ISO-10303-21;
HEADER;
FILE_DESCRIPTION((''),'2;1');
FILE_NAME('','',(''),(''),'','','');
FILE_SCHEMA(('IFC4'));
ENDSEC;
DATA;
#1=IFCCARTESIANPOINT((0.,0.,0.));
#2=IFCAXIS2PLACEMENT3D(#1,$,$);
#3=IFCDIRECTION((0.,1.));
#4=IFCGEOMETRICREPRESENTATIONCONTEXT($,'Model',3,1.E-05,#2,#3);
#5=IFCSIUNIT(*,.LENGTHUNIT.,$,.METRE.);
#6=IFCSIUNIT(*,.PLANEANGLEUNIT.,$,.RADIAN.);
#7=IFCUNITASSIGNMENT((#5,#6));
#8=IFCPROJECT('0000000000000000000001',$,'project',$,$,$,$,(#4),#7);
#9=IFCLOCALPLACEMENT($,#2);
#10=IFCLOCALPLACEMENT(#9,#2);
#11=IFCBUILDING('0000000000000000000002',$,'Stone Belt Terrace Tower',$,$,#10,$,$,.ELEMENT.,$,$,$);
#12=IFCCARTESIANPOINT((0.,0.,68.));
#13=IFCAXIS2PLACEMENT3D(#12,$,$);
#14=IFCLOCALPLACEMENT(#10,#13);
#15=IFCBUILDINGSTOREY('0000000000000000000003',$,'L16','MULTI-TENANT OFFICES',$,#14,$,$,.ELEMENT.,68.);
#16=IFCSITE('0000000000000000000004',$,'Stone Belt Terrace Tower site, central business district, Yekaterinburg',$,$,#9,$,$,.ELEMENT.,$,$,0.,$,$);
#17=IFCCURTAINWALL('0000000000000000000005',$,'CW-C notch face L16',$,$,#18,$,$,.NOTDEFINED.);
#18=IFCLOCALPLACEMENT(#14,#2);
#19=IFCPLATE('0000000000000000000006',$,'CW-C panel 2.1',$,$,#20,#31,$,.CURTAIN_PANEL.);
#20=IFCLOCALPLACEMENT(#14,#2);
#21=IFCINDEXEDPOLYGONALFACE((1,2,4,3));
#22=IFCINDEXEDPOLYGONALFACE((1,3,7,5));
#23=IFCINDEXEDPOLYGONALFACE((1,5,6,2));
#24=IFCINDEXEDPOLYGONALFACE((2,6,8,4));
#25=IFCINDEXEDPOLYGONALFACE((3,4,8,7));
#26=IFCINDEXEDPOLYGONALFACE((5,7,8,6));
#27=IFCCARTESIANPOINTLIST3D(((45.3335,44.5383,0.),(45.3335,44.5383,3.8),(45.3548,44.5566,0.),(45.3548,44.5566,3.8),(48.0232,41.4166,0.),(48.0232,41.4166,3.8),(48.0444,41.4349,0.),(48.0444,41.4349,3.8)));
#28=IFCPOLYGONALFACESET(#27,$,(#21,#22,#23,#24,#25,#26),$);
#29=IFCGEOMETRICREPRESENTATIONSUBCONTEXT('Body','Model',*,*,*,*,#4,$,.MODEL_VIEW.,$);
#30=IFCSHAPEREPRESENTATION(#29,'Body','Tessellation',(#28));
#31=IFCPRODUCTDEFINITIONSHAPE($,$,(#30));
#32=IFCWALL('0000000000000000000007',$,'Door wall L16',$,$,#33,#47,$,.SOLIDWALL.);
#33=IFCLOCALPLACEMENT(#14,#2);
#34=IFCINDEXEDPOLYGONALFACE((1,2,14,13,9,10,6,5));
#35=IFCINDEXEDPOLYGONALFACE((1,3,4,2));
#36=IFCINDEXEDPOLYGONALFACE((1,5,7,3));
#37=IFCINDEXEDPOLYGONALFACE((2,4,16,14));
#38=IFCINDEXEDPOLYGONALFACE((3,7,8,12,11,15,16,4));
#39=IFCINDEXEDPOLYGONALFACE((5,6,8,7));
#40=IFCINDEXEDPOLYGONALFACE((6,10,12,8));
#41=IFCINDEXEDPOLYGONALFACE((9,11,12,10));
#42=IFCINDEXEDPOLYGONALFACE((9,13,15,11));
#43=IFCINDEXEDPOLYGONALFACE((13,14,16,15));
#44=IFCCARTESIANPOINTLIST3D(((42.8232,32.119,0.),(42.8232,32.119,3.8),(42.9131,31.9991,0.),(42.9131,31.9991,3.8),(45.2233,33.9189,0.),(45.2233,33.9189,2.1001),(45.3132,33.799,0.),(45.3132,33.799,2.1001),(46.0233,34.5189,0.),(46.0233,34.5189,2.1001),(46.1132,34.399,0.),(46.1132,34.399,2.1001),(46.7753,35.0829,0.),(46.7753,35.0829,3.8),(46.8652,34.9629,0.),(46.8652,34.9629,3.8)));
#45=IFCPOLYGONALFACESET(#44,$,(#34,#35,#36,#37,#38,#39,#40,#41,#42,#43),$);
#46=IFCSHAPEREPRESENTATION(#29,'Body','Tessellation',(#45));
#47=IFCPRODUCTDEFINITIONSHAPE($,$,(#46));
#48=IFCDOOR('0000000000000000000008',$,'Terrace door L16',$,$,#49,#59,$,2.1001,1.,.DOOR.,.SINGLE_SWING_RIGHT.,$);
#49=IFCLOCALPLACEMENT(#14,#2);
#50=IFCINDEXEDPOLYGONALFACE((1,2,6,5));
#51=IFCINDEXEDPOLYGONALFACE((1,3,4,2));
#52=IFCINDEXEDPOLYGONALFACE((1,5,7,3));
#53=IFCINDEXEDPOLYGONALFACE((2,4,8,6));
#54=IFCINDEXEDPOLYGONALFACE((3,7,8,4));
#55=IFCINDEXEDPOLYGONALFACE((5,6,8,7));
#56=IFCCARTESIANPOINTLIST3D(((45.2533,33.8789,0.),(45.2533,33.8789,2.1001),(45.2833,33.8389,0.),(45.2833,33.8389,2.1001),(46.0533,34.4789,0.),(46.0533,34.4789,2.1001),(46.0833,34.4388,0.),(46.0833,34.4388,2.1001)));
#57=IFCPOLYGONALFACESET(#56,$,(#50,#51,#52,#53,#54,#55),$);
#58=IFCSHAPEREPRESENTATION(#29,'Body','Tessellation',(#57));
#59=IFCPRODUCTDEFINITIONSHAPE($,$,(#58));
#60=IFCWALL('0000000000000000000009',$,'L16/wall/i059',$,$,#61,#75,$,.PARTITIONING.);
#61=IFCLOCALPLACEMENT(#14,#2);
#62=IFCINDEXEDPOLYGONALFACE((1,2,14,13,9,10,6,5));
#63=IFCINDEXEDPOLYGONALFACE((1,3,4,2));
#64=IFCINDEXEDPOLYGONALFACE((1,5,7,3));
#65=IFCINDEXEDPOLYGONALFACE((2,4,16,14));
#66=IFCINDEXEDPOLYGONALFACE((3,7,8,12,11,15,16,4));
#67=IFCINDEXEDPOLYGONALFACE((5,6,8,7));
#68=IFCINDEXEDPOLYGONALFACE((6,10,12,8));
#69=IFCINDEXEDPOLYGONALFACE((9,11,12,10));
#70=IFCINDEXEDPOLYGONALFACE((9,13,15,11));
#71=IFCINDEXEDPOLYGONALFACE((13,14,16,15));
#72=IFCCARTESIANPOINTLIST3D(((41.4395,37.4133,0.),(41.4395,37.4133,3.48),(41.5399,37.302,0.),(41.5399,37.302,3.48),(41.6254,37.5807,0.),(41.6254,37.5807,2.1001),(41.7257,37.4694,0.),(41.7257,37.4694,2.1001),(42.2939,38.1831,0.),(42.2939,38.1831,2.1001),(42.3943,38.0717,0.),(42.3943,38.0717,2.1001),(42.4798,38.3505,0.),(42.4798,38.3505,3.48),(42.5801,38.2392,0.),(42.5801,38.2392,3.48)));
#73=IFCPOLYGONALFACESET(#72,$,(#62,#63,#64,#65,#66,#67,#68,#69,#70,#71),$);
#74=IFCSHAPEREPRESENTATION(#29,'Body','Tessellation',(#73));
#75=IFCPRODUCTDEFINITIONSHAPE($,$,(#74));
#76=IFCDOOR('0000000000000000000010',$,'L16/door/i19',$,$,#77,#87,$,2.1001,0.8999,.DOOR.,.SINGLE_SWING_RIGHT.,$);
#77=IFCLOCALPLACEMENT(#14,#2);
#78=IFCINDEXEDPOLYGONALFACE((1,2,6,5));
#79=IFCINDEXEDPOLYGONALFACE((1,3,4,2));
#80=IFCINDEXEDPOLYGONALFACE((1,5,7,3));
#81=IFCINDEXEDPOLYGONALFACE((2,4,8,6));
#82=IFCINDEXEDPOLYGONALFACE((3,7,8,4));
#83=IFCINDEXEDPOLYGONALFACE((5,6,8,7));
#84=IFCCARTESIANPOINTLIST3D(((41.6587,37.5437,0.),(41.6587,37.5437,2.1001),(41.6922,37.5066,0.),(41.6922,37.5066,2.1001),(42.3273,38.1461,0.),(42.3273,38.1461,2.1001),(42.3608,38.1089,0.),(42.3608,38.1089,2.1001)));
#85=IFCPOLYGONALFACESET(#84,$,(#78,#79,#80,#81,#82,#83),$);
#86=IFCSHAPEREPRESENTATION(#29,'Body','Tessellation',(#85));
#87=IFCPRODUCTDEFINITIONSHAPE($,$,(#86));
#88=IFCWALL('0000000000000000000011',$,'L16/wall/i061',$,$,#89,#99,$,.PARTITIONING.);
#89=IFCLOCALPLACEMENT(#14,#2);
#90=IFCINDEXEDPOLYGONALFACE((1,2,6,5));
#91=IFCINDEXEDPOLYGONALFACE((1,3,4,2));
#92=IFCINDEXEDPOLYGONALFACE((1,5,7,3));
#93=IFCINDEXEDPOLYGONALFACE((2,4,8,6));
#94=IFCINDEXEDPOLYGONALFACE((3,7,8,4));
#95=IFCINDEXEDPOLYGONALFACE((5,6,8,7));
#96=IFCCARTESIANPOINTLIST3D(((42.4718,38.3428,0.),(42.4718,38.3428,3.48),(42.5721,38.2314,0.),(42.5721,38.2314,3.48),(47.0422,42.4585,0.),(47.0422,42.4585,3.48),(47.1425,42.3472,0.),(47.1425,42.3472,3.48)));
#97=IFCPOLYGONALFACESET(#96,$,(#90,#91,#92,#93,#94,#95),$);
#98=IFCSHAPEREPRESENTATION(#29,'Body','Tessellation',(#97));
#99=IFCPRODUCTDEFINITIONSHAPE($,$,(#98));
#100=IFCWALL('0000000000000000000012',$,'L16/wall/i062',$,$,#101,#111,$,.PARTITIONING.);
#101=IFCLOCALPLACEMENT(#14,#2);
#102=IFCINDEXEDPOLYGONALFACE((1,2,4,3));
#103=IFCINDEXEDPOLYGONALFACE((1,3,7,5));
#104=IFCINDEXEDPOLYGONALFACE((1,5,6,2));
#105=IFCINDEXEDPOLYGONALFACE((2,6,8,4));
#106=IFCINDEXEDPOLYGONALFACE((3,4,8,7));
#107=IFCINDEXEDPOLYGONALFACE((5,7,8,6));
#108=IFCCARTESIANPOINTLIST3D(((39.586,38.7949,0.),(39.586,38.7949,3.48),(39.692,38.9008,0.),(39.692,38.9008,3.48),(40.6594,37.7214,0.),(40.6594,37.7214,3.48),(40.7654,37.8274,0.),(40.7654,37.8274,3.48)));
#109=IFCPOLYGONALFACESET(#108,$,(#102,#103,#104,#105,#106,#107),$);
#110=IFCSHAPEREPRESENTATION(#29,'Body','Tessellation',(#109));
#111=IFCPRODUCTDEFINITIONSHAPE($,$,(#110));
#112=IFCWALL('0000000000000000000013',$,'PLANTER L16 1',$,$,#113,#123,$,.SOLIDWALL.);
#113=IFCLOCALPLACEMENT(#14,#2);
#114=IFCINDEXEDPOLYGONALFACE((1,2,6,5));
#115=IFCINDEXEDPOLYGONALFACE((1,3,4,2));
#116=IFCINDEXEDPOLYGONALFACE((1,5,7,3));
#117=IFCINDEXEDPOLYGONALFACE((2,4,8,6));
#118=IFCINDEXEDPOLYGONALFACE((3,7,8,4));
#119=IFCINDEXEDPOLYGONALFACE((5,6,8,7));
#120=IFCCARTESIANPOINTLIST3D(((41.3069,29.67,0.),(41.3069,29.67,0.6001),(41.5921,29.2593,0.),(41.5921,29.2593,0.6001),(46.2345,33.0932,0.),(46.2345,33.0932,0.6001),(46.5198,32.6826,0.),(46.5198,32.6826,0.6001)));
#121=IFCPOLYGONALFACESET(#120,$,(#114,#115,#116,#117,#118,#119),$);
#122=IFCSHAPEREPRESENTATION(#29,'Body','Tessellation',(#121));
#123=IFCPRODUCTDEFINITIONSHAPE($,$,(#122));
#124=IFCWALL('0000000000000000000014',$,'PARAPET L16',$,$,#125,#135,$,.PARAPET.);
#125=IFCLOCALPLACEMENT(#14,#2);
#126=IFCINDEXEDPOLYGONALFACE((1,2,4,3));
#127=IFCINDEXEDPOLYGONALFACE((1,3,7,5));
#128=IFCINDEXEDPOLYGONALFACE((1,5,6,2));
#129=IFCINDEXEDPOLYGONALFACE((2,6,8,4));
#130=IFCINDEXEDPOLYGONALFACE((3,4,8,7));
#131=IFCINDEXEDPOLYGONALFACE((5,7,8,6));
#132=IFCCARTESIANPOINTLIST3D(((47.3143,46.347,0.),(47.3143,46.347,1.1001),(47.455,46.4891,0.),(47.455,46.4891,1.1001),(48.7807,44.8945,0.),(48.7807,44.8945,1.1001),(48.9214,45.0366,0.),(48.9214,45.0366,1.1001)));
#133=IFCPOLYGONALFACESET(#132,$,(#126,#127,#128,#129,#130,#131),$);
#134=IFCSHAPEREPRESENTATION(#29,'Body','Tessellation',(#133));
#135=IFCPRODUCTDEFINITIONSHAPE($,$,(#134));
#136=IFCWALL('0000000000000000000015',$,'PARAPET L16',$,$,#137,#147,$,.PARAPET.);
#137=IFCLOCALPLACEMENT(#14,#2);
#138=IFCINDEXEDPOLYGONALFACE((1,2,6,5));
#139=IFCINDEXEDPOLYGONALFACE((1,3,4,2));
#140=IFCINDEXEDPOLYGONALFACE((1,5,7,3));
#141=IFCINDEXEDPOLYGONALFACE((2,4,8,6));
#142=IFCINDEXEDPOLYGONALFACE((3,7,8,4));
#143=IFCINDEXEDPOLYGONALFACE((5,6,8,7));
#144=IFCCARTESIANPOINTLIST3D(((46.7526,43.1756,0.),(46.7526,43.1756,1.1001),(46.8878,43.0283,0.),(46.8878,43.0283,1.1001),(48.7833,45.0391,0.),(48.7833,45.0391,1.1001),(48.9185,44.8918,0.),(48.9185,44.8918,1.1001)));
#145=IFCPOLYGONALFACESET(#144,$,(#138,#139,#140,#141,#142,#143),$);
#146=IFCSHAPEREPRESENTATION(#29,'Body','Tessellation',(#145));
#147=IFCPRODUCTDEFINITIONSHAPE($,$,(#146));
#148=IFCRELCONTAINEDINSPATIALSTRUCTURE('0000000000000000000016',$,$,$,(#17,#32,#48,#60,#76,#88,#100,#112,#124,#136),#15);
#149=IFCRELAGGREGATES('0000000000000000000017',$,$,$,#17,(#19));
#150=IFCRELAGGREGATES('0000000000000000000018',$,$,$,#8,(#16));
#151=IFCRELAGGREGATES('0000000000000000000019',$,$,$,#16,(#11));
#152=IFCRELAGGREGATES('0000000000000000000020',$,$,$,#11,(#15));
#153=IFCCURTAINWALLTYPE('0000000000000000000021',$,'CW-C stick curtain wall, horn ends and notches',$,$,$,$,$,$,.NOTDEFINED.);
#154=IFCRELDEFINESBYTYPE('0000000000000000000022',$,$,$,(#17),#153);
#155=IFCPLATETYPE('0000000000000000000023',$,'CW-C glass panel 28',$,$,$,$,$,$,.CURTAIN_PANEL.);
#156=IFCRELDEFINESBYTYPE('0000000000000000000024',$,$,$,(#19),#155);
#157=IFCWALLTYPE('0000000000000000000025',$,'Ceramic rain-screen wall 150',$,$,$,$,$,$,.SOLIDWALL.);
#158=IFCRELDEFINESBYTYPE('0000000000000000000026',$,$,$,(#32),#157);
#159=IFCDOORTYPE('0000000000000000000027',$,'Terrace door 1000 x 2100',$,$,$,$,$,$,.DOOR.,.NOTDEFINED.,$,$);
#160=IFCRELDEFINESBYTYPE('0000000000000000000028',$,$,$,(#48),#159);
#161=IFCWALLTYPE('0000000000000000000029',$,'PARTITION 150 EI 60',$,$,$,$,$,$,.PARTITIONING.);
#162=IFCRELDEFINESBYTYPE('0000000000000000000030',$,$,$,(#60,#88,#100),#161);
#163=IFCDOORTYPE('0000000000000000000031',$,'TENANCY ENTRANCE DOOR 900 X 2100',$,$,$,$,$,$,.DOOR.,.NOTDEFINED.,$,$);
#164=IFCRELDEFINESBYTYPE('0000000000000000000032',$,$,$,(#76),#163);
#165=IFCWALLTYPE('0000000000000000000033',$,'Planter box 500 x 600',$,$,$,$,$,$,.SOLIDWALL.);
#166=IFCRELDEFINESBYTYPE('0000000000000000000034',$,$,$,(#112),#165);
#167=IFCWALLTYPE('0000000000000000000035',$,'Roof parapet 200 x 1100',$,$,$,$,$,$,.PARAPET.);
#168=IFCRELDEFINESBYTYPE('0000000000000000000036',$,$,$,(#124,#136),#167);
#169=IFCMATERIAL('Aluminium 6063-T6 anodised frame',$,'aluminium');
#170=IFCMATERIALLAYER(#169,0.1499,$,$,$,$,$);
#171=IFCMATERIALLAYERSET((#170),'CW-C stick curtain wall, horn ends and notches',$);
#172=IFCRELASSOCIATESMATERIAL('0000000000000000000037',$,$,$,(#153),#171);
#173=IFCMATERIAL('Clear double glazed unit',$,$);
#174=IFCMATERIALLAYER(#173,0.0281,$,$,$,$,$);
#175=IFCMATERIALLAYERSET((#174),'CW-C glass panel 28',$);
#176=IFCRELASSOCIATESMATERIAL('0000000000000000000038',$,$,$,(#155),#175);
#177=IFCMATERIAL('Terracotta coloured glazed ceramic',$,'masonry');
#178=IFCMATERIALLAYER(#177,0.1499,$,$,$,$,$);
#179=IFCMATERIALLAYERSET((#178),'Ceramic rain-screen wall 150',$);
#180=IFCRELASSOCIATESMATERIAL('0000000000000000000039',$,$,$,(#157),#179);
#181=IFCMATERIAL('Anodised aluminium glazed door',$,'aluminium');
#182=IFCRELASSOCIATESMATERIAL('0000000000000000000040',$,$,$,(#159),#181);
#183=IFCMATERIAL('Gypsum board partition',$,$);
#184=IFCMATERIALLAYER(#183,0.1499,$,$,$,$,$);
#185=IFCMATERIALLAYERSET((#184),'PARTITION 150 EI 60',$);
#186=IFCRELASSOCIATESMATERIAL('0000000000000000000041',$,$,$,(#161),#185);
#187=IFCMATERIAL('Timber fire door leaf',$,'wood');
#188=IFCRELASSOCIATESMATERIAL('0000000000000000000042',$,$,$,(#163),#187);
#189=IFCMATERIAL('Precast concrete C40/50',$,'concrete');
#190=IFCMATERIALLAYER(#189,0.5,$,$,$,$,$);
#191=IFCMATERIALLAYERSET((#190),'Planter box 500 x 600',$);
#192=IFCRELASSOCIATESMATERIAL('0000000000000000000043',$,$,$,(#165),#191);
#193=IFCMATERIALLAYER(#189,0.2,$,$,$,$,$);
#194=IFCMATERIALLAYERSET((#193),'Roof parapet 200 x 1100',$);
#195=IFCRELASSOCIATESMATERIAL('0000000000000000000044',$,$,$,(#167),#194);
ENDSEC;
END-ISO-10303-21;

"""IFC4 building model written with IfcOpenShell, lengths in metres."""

from ifc_helpers import new_model, si_unit, direction, frame, frame_2d, origin, origin_2d, place, context, subcontext, project, spatial, rectangle, extrude, material, layer, layer_set, type_object, element, fill, aggregate, save


model = new_model("IFC4")

# Units and contexts
model_context = context("Model", 3, precision=1e-05, world=origin(), true_north=direction((0.0, 1.0)))
body_context = subcontext(model_context, "Body", "Model", "MODEL_VIEW")
ifc_project = project(units=[si_unit("LENGTHUNIT", "METRE"), si_unit("PLANEANGLEUNIT", "RADIAN")], contexts=[model_context])

# Site, building, storey
site_placement = place(None, origin())
site = spatial("IfcSite", under=ifc_project, at=site_placement, Name="Stone Belt Terrace Tower site, central business district, Yekaterinburg", CompositionType="ELEMENT", RefElevation=0.0)
building_placement = place(site_placement, origin())
building = spatial("IfcBuilding", under=site, at=building_placement, Name="Stone Belt Terrace Tower", CompositionType="ELEMENT")
storey_placement = place(building_placement, frame((0.0, 0.0, 68.0)))
storey = spatial("IfcBuildingStorey", under=building, at=storey_placement, Name="L16", Description="MULTI-TENANT OFFICES", CompositionType="ELEMENT", Elevation=68.0)

# Curtain wall
ifc_material_1 = material(Name="Aluminium 6063-T6 anodised frame", Category="aluminium")
ifc_layer_1 = layer(ifc_material_1, 0.1499)
ifc_layer_set_1 = layer_set([ifc_layer_1], Name="CW-C stick curtain wall, horn ends and notches")
curtain_wall_type = type_object("IfcCurtainWallType", Name="CW-C stick curtain wall, horn ends and notches", PredefinedType="NOTDEFINED", material=ifc_layer_set_1)
curtain_wall_1_placement = place(storey_placement, origin())
curtain_wall_1 = element("IfcCurtainWall", 1, at=curtain_wall_1_placement, inside=storey, type_object=curtain_wall_type, Name="CW-C notch face L16", PredefinedType="NOTDEFINED")

# Plate
ifc_material_2 = material(Name="Clear double glazed unit")
ifc_layer_2 = layer(ifc_material_2, 0.0281)
ifc_layer_set_2 = layer_set([ifc_layer_2], Name="CW-C glass panel 28")
plate_type = type_object("IfcPlateType", Name="CW-C glass panel 28", PredefinedType="CURTAIN_PANEL", material=ifc_layer_set_2)
plate_1_placement = place(storey_placement, frame((46.689, 42.9866, 0.0), z_axis=(0.0, 0.0, 1.0), x_axis=(-0.652738, 0.757584, 0.0)))
plate_1 = element("IfcPlate", 2, at=plate_1_placement, type_object=plate_type, Name="CW-C panel 2.1", PredefinedType="CURTAIN_PANEL", context=body_context, shape_type="SweptSolid", body=[
    extrude(rectangle(XDim=4.1206, YDim=0.0281, at=origin_2d()), origin(), (0.0, 0.0, 1.0), 3.8),
])
aggregate(curtain_wall_1, [plate_1])

# Walls, openings, doors
ifc_material_3 = material(Name="Terracotta coloured glazed ceramic", Category="masonry")
ifc_layer_3 = layer(ifc_material_3, 0.1499)
ifc_layer_set_3 = layer_set([ifc_layer_3], Name="Ceramic rain-screen wall 150")
wall_type_1 = type_object("IfcWallType", Name="Ceramic rain-screen wall 150", PredefinedType="SOLIDWALL", material=ifc_layer_set_3)
wall_1_placement = place(storey_placement, frame((42.8682, 32.0591, 0.0), z_axis=(0.0, 0.0, 1.0), x_axis=(0.800024, 0.599968, 0.0)))
wall_1 = element("IfcWall", 3, at=wall_1_placement, inside=storey, type_object=wall_type_1, Name="Door wall L16", PredefinedType="SOLIDWALL", context=body_context, shape_type="SweptSolid", body=[
    extrude(rectangle(XDim=4.9399, YDim=0.1499, at=frame_2d((2.47, 0.0))), origin(), (0.0, 0.0, 1.0), 3.8),
])
opening_1_placement = place(wall_1_placement, frame((3.0, 0.0, 0.0)))
opening_1 = element("IfcOpeningElement", 4, at=opening_1_placement, cuts=wall_1, PredefinedType="OPENING", context=body_context, shape_type="SweptSolid", body=[
    extrude(rectangle(XDim=1.0, YDim=2.1001, at=frame_2d((0.5, 1.05))), frame((0.0, 0.085, 0.0), z_axis=(0.0, -1.0, 0.0), x_axis=(1.0, 0.0, 0.0)), (0.0, 0.0, 1.0), 0.1699),
])
ifc_material_4 = material(Name="Anodised aluminium glazed door", Category="aluminium")
door_type_1 = type_object("IfcDoorType", Name="Terrace door 1000 x 2100", OperationType="NOTDEFINED", PredefinedType="DOOR", material=ifc_material_4)
door_1_placement = place(opening_1_placement, origin())
door_1 = element("IfcDoor", 5, at=door_1_placement, inside=storey, type_object=door_type_1, Name="Terrace door L16", OperationType="SINGLE_SWING_RIGHT", OverallHeight=2.1001, OverallWidth=1.0, PredefinedType="DOOR", context=body_context, shape_type="SweptSolid", body=[
    extrude(rectangle(XDim=1.0, YDim=2.1001, at=frame_2d((0.5, 1.05))), frame((0.0, 0.0249, 0.0), z_axis=(0.0, -1.0, 0.0), x_axis=(1.0, 0.0, 0.0)), (0.0, 0.0, 1.0), 0.05),
])
fill(opening_1, door_1)
ifc_material_5 = material(Name="Gypsum board partition")
ifc_layer_4 = layer(ifc_material_5, 0.1499)
ifc_layer_set_4 = layer_set([ifc_layer_4], Name="PARTITION 150 EI 60")
wall_type_2 = type_object("IfcWallType", Name="PARTITION 150 EI 60", PredefinedType="PARTITIONING", material=ifc_layer_set_4)
wall_2_placement = place(storey_placement, frame((42.53, 38.2949, 0.0), z_axis=(0.0, 0.0, 1.0), x_axis=(-0.742939, -0.66936, 0.0)))
wall_2 = element("IfcWall", 6, at=wall_2_placement, inside=storey, type_object=wall_type_2, Name="L16/wall/i059", PredefinedType="PARTITIONING", context=body_context, shape_type="SweptSolid", body=[
    extrude(rectangle(XDim=1.4001, YDim=0.1499, at=frame_2d((0.7002, 0.0))), origin(), (0.0, 0.0, 1.0), 3.48),
])
opening_2_placement = place(wall_2_placement, frame((0.2502, 0.0, 0.0)))
opening_2 = element("IfcOpeningElement", 7, at=opening_2_placement, cuts=wall_2, PredefinedType="OPENING", context=body_context, shape_type="SweptSolid", body=[
    extrude(rectangle(XDim=0.8999, YDim=2.1001, at=frame_2d((0.45, 1.05))), frame((0.0, 0.085, 0.0), z_axis=(0.0, -1.0, 0.0), x_axis=(1.0, 0.0, 0.0)), (0.0, 0.0, 1.0), 0.1699),
])
ifc_material_6 = material(Name="Timber fire door leaf", Category="wood")
door_type_2 = type_object("IfcDoorType", Name="TENANCY ENTRANCE DOOR 900 X 2100", OperationType="NOTDEFINED", PredefinedType="DOOR", material=ifc_material_6)
door_2_placement = place(opening_2_placement, origin())
door_2 = element("IfcDoor", 8, at=door_2_placement, inside=storey, type_object=door_type_2, Name="L16/door/i19", OperationType="SINGLE_SWING_RIGHT", OverallHeight=2.1001, OverallWidth=0.8999, PredefinedType="DOOR", context=body_context, shape_type="SweptSolid", body=[
    extrude(rectangle(XDim=0.8999, YDim=2.1001, at=frame_2d((0.45, 1.05))), frame((0.0, 0.0249, 0.0), z_axis=(0.0, -1.0, 0.0), x_axis=(1.0, 0.0, 0.0)), (0.0, 0.0, 1.0), 0.05),
])
fill(opening_2, door_2)

# Walls
wall_3_placement = place(storey_placement, frame((42.522, 38.2871, 0.0), z_axis=(0.0, 0.0, 1.0), x_axis=(0.743097, 0.669184, 0.0)))
element("IfcWall", 9, at=wall_3_placement, inside=storey, type_object=wall_type_2, Name="L16/wall/i061", PredefinedType="PARTITIONING", context=body_context, shape_type="SweptSolid", body=[
    extrude(rectangle(XDim=6.1504, YDim=0.1499, at=frame_2d((3.0752, 0.0))), origin(), (0.0, 0.0, 1.0), 3.48),
])
wall_4_placement = place(storey_placement, frame((40.7124, 37.7744, 0.0), z_axis=(0.0, 0.0, 1.0), x_axis=(-0.707107, 0.707107, 0.0)))
element("IfcWall", 10, at=wall_4_placement, inside=storey, type_object=wall_type_2, Name="L16/wall/i062", PredefinedType="PARTITIONING", context=body_context, shape_type="SweptSolid", body=[
    extrude(rectangle(XDim=1.5181, YDim=0.1499, at=frame_2d((0.759, 0.0))), origin(), (0.0, 0.0, 1.0), 3.48),
])
ifc_material_7 = material(Name="Precast concrete C40/50", Category="concrete")
ifc_layer_5 = layer(ifc_material_7, 0.5)
ifc_layer_set_5 = layer_set([ifc_layer_5], Name="Planter box 500 x 600")
wall_type_3 = type_object("IfcWallType", Name="Planter box 500 x 600", PredefinedType="SOLIDWALL", material=ifc_layer_set_5)
wall_5_placement = place(storey_placement, frame((43.9133, 31.1763, 0.0), z_axis=(0.0, 0.0, 1.0), x_axis=(0.821272, 0.570537, 0.0)))
element("IfcWall", 11, at=wall_5_placement, inside=storey, type_object=wall_type_3, Name="PLANTER L16 1", PredefinedType="SOLIDWALL", context=body_context, shape_type="SweptSolid", body=[
    extrude(rectangle(XDim=6.0, YDim=0.5, at=origin_2d()), origin(), (0.0, 0.0, 1.0), 0.6001),
])
ifc_layer_6 = layer(ifc_material_7, 0.2)
ifc_layer_set_6 = layer_set([ifc_layer_6], Name="Roof parapet 200 x 1100")
wall_type_4 = type_object("IfcWallType", Name="Roof parapet 200 x 1100", PredefinedType="PARAPET", material=ifc_layer_set_6)
wall_6_placement = place(storey_placement, frame((48.8511, 44.9656, 0.0), z_axis=(0.0, 0.0, 1.0), x_axis=(-0.71047, 0.703727, 0.0)))
element("IfcWall", 12, at=wall_6_placement, inside=storey, type_object=wall_type_4, Name="PARAPET L16", PredefinedType="PARAPET", context=body_context, shape_type="SweptSolid", body=[
    extrude(rectangle(XDim=2.064, YDim=0.2, at=frame_2d((1.032, 0.0))), origin(), (0.0, 0.0, 1.0), 1.1001),
])
wall_7_placement = place(storey_placement, frame((46.8203, 43.1021, 0.0), z_axis=(0.0, 0.0, 1.0), x_axis=(0.736794, 0.676118, 0.0)))
element("IfcWall", 13, at=wall_7_placement, inside=storey, type_object=wall_type_4, Name="PARAPET L16", PredefinedType="PARAPET", context=body_context, shape_type="SweptSolid", body=[
    extrude(rectangle(XDim=2.7561, YDim=0.2, at=frame_2d((1.3779, 0.0))), origin(), (0.0, 0.0, 1.0), 1.1001),
])

save(model, "model.ifc")
